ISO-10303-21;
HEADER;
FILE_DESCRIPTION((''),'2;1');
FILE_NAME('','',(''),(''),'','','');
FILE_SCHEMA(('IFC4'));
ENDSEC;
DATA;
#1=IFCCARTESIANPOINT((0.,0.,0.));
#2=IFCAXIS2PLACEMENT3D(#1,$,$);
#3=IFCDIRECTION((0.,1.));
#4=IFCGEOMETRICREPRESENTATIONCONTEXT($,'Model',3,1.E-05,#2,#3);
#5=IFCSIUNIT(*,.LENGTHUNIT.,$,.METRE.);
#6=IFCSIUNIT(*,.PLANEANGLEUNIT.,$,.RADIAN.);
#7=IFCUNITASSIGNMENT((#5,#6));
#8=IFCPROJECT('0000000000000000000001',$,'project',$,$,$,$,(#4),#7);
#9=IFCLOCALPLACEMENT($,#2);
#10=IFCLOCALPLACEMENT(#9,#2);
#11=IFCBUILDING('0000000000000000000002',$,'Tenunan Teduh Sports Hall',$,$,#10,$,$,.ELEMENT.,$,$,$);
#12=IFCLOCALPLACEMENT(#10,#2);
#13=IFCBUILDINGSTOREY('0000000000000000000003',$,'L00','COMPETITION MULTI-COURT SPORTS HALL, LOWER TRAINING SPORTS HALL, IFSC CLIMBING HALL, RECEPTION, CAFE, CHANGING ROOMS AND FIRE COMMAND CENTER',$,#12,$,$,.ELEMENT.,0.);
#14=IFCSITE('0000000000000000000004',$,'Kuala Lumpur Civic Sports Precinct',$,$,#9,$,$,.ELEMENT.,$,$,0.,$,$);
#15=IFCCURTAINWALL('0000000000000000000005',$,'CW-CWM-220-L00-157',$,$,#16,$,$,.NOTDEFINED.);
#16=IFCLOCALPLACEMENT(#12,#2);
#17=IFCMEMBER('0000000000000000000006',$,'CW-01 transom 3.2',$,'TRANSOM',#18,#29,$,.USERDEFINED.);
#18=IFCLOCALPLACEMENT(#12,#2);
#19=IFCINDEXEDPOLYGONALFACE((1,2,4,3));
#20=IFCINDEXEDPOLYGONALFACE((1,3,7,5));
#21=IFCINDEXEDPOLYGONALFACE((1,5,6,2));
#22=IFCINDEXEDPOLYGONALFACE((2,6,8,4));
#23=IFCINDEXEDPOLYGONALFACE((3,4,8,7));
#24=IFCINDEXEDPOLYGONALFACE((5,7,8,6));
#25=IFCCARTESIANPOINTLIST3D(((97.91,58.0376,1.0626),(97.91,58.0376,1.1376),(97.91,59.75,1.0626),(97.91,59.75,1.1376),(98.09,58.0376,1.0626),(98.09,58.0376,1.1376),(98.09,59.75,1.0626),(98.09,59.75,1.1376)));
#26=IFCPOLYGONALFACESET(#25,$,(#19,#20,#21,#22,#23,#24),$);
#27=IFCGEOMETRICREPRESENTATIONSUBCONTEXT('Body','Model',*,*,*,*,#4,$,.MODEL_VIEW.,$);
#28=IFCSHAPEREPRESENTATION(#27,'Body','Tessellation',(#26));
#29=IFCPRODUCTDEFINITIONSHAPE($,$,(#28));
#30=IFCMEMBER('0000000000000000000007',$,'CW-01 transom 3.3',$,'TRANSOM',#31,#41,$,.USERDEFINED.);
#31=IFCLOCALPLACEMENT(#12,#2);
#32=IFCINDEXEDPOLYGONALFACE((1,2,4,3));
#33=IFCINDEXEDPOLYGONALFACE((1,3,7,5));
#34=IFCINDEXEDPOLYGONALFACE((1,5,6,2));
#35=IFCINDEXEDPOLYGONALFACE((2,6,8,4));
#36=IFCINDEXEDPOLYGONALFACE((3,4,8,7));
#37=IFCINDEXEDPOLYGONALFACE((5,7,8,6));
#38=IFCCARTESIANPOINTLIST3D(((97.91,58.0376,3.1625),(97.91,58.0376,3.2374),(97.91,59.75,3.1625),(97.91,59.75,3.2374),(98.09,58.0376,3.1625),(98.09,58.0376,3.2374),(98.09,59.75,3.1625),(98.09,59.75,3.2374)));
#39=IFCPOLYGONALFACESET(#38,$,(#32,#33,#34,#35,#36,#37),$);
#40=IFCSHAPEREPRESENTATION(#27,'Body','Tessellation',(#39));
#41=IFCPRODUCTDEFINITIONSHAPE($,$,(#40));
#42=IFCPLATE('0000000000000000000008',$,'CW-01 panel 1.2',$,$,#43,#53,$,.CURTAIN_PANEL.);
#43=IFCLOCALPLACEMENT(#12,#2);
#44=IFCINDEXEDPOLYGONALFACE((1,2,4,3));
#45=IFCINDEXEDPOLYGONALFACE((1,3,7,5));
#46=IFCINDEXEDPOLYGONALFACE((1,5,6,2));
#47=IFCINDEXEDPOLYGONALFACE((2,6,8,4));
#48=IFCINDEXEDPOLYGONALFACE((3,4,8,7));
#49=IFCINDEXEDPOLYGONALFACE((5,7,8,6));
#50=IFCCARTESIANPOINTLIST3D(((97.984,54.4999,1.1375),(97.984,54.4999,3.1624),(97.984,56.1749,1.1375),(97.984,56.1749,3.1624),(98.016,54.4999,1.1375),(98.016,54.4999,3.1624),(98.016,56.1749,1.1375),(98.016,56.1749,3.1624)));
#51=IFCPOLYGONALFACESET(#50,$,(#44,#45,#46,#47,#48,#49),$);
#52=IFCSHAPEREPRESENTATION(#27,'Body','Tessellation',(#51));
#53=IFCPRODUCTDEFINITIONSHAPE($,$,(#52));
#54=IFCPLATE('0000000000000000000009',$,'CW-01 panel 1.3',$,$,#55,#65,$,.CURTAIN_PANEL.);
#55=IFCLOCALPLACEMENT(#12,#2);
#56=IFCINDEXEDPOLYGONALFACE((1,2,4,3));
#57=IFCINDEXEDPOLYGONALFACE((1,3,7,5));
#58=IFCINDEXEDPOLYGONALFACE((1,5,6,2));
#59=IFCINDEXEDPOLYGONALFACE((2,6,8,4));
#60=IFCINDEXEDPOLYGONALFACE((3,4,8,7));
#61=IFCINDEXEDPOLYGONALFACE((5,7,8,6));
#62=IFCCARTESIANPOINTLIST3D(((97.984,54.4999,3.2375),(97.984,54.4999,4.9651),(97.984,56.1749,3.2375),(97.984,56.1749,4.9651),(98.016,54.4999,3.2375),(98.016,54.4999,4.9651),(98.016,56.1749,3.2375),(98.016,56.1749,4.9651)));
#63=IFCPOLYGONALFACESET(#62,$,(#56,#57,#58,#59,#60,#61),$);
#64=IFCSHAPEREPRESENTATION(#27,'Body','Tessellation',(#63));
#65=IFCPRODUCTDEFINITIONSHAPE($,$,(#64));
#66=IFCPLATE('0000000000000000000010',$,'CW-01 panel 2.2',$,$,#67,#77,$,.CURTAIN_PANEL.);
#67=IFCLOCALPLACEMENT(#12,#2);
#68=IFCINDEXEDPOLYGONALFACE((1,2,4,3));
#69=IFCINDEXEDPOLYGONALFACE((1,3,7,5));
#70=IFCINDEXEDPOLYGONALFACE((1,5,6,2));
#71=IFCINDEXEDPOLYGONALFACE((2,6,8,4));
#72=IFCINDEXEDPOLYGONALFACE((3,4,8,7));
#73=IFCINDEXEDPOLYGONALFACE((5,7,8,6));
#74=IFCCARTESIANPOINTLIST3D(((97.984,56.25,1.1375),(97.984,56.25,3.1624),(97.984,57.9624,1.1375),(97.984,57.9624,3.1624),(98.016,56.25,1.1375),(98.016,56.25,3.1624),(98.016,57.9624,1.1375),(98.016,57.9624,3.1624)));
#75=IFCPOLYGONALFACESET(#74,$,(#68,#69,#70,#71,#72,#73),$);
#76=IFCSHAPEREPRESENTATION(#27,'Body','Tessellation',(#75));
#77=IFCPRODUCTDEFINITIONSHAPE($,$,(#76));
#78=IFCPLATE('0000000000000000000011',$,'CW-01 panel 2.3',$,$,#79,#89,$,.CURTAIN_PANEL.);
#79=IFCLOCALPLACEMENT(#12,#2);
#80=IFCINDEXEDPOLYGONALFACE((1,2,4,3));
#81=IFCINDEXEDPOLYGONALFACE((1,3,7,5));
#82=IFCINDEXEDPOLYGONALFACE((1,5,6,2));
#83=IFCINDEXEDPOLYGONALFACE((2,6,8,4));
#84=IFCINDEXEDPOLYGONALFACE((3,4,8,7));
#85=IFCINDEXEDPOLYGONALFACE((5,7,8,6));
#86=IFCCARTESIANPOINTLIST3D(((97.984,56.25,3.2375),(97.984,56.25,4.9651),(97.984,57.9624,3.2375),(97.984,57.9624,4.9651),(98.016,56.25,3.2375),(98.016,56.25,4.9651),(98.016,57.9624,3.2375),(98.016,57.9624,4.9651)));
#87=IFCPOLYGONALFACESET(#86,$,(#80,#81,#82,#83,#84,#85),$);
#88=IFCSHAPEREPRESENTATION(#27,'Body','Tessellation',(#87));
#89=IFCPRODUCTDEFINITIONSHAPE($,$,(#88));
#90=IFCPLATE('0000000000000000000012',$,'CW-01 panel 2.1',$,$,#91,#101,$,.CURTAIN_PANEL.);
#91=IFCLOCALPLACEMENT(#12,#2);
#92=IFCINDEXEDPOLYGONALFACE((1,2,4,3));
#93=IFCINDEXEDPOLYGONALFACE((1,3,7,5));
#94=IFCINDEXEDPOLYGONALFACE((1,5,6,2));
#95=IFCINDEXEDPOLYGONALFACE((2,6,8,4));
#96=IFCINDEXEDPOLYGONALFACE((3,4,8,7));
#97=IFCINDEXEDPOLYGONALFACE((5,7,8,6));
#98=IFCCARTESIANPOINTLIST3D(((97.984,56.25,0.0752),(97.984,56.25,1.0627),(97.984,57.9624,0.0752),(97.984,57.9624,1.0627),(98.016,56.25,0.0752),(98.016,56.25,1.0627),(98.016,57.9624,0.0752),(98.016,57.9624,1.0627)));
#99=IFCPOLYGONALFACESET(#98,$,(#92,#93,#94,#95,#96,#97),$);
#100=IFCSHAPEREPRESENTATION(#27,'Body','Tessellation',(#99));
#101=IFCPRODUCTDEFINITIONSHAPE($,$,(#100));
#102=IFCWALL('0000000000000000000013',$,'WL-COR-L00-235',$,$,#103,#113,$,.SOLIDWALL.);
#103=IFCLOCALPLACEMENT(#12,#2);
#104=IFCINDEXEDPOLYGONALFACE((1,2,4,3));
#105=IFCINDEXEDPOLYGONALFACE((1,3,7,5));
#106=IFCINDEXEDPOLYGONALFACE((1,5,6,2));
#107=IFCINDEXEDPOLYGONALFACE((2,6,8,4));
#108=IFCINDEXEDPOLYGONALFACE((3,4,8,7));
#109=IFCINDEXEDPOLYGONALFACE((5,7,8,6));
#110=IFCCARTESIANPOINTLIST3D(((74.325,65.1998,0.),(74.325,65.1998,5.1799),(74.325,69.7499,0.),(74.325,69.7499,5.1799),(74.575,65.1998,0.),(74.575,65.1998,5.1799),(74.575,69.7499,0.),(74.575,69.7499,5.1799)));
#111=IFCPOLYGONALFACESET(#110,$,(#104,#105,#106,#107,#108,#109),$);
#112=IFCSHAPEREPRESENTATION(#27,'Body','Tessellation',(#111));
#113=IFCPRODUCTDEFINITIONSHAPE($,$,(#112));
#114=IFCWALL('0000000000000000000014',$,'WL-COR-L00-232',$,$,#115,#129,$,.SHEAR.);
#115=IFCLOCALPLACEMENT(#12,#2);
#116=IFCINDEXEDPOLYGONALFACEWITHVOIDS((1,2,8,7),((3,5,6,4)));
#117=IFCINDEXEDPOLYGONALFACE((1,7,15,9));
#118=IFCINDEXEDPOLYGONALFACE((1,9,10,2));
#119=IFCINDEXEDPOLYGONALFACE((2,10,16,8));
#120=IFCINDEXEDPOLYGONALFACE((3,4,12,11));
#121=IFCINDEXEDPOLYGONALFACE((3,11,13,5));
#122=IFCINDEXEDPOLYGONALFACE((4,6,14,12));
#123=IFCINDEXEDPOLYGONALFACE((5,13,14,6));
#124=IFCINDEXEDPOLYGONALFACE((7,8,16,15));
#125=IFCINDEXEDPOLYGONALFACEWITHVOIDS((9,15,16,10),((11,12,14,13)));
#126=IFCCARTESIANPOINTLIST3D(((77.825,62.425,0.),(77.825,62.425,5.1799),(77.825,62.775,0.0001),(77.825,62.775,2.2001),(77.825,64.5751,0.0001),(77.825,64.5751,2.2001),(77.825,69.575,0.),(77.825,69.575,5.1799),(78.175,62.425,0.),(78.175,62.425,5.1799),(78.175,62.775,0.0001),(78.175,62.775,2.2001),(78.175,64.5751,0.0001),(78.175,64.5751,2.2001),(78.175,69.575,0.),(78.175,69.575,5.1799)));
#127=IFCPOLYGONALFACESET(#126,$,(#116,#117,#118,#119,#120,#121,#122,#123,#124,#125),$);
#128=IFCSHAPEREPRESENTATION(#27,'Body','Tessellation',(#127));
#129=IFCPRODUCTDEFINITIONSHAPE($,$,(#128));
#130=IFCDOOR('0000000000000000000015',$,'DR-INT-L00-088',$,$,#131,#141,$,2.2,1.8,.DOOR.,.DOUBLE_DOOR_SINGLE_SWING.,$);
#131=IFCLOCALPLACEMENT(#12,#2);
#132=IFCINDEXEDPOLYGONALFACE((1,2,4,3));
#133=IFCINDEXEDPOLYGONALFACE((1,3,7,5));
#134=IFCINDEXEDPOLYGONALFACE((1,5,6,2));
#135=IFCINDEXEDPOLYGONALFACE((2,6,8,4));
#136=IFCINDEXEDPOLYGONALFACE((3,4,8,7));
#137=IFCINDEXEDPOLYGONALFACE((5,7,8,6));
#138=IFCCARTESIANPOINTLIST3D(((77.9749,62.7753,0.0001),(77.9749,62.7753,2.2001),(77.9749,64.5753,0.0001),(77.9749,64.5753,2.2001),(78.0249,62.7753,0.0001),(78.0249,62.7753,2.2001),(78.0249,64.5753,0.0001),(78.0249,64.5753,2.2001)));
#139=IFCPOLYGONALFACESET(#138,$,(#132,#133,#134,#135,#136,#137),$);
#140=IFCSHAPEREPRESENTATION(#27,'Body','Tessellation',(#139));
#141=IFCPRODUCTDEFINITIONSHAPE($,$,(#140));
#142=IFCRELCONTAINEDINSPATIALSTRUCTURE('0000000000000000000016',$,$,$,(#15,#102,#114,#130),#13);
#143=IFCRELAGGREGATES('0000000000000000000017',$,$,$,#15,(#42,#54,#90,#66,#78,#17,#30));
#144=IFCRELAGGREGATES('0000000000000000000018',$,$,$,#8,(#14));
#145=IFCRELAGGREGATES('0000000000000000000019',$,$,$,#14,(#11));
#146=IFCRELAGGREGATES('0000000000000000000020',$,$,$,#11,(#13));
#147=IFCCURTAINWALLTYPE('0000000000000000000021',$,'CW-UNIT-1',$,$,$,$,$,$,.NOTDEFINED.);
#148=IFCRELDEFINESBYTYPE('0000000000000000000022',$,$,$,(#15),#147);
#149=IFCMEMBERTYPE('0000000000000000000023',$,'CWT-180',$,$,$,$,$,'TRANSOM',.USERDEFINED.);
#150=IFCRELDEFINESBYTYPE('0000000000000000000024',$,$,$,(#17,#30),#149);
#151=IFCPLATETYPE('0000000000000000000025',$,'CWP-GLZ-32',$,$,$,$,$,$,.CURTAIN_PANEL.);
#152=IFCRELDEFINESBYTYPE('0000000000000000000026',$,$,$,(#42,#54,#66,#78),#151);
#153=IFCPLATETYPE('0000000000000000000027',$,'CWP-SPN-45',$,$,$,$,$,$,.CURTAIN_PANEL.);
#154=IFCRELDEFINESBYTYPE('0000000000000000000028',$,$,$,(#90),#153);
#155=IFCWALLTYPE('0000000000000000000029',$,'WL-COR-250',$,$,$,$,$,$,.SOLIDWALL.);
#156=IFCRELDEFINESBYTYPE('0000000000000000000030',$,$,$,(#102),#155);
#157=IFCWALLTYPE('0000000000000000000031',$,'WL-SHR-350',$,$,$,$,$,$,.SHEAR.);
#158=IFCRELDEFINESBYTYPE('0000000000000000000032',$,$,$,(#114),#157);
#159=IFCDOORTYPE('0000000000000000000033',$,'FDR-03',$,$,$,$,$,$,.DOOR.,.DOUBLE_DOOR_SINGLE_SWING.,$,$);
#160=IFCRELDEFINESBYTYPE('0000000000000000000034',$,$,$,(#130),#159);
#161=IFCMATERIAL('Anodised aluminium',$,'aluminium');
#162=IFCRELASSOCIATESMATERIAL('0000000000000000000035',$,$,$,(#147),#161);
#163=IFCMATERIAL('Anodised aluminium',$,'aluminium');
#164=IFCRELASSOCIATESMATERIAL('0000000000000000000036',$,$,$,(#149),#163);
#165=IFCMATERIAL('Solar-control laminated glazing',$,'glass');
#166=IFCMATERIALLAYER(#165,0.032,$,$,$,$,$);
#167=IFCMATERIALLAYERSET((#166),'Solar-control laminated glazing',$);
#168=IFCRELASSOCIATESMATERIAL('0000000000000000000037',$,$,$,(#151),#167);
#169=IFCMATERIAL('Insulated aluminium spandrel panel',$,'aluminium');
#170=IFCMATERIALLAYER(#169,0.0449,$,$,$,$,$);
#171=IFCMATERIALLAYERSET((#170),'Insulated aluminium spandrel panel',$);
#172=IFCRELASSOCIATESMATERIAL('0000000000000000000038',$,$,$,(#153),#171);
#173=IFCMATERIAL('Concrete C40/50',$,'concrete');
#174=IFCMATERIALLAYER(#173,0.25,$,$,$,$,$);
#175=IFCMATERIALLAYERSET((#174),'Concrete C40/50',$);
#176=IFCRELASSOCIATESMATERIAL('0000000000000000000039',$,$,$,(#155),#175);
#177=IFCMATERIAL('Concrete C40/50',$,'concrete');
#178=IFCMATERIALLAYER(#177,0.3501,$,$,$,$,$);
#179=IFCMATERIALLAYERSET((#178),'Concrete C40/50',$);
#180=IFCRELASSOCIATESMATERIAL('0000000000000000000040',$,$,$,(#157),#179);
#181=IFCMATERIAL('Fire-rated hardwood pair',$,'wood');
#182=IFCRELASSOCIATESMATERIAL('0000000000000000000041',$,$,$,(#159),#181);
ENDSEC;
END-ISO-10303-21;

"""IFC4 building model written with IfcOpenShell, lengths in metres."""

from ifc_helpers import new_model, si_unit, direction, frame, frame_2d, origin, origin_2d, place, context, subcontext, project, spatial, rectangle, extrude, material, layer, layer_set, material_profile, profile_set, type_object, element, fill, aggregate, save


model = new_model("IFC4")

# Units and contexts
model_context = context("Model", 3, precision=1e-05, world=origin(), true_north=direction((0.0, 1.0)))
body_context = subcontext(model_context, "Body", "Model", "MODEL_VIEW")
ifc_project = project(units=[si_unit("LENGTHUNIT", "METRE"), si_unit("PLANEANGLEUNIT", "RADIAN")], contexts=[model_context])

# Site, building, storey
site_placement = place(None, origin())
site = spatial("IfcSite", under=ifc_project, at=site_placement, Name="Kuala Lumpur Civic Sports Precinct", CompositionType="ELEMENT", RefElevation=0.0)
building_placement = place(site_placement, origin())
building = spatial("IfcBuilding", under=site, at=building_placement, Name="Tenunan Teduh Sports Hall", CompositionType="ELEMENT")
storey_placement = place(building_placement, origin())
storey = spatial("IfcBuildingStorey", under=building, at=storey_placement, Name="L00", Description="COMPETITION MULTI-COURT SPORTS HALL, LOWER TRAINING SPORTS HALL, IFSC CLIMBING HALL, RECEPTION, CAFE, CHANGING ROOMS AND FIRE COMMAND CENTER", CompositionType="ELEMENT", Elevation=0.0)

# Curtain wall, members, plates
ifc_material_1 = material(Name="Anodised aluminium", Category="aluminium")
curtain_wall_type = type_object("IfcCurtainWallType", Name="CW-UNIT-1", PredefinedType="NOTDEFINED", material=ifc_material_1)
curtain_wall_placement = place(storey_placement, origin())
curtain_wall = element("IfcCurtainWall", 1, at=curtain_wall_placement, inside=storey, type_object=curtain_wall_type, Name="CW-CWM-220-L00-157", PredefinedType="NOTDEFINED")
ifc_material_2 = material(Name="Anodised aluminium", Category="aluminium")
ifc_material_profile_1 = material_profile(ifc_material_2, rectangle(XDim=0.075, YDim=0.1799, at=origin_2d()), Name="CWT 75x180")
ifc_profile_set_1 = profile_set([ifc_material_profile_1], Name="Anodised aluminium")
member_type_1 = type_object("IfcMemberType", Name="CWT-180", ElementType="TRANSOM", PredefinedType="USERDEFINED", material=ifc_profile_set_1)
member_1_placement = place(storey_placement, frame((98.0, 58.0376, 1.1001), z_axis=(0.0, 1.0, 0.0), x_axis=(0.0, 0.0, 1.0)))
member_1 = element("IfcMember", 2, at=member_1_placement, type_object=member_type_1, Name="CW-01 transom 3.2", ObjectType="TRANSOM", PredefinedType="USERDEFINED", context=body_context, shape_type="SweptSolid", body=[
    extrude(rectangle(XDim=0.075, YDim=0.1799, at=origin_2d()), origin(), (0.0, 0.0, 1.0), 1.7124),
])
member_2_placement = place(storey_placement, frame((98.0, 58.0376, 3.2), z_axis=(0.0, 1.0, 0.0), x_axis=(0.0, 0.0, 1.0)))
member_2 = element("IfcMember", 3, at=member_2_placement, type_object=member_type_1, Name="CW-01 transom 3.3", ObjectType="TRANSOM", PredefinedType="USERDEFINED", context=body_context, shape_type="SweptSolid", body=[
    extrude(rectangle(XDim=0.075, YDim=0.1799, at=origin_2d()), origin(), (0.0, 0.0, 1.0), 1.7124),
])
ifc_material_3 = material(Name="Solar-control laminated glazing", Category="glass")
ifc_layer_1 = layer(ifc_material_3, 0.032)
ifc_layer_set_1 = layer_set([ifc_layer_1], Name="Solar-control laminated glazing")
plate_type_1 = type_object("IfcPlateType", Name="CWP-GLZ-32", PredefinedType="CURTAIN_PANEL", material=ifc_layer_set_1)
plate_1_placement = place(storey_placement, frame((98.0, 55.3374, 1.1375), z_axis=(0.0, 0.0, 1.0), x_axis=(0.0, 1.0, 0.0)))
plate_1 = element("IfcPlate", 4, at=plate_1_placement, type_object=plate_type_1, Name="CW-01 panel 1.2", PredefinedType="CURTAIN_PANEL", context=body_context, shape_type="SweptSolid", body=[
    extrude(rectangle(XDim=1.675, YDim=0.032, at=origin_2d()), origin(), (0.0, 0.0, 1.0), 2.0249),
])
plate_2_placement = place(storey_placement, frame((98.0, 55.3374, 3.2375), z_axis=(0.0, 0.0, 1.0), x_axis=(0.0, 1.0, 0.0)))
plate_2 = element("IfcPlate", 5, at=plate_2_placement, type_object=plate_type_1, Name="CW-01 panel 1.3", PredefinedType="CURTAIN_PANEL", context=body_context, shape_type="SweptSolid", body=[
    extrude(rectangle(XDim=1.675, YDim=0.032, at=origin_2d()), origin(), (0.0, 0.0, 1.0), 1.7275),
])
plate_3_placement = place(storey_placement, frame((98.0, 57.1062, 1.1375), z_axis=(0.0, 0.0, 1.0), x_axis=(0.0, 1.0, 0.0)))
plate_3 = element("IfcPlate", 6, at=plate_3_placement, type_object=plate_type_1, Name="CW-01 panel 2.2", PredefinedType="CURTAIN_PANEL", context=body_context, shape_type="SweptSolid", body=[
    extrude(rectangle(XDim=1.7124, YDim=0.032, at=origin_2d()), origin(), (0.0, 0.0, 1.0), 2.0249),
])
plate_4_placement = place(storey_placement, frame((98.0, 57.1062, 3.2375), z_axis=(0.0, 0.0, 1.0), x_axis=(0.0, 1.0, 0.0)))
plate_4 = element("IfcPlate", 7, at=plate_4_placement, type_object=plate_type_1, Name="CW-01 panel 2.3", PredefinedType="CURTAIN_PANEL", context=body_context, shape_type="SweptSolid", body=[
    extrude(rectangle(XDim=1.7124, YDim=0.032, at=origin_2d()), origin(), (0.0, 0.0, 1.0), 1.7275),
])
ifc_material_4 = material(Name="Insulated aluminium spandrel panel", Category="aluminium")
ifc_layer_2 = layer(ifc_material_4, 0.0449)
ifc_layer_set_2 = layer_set([ifc_layer_2], Name="Insulated aluminium spandrel panel")
plate_type_2 = type_object("IfcPlateType", Name="CWP-SPN-45", PredefinedType="CURTAIN_PANEL", material=ifc_layer_set_2)
plate_5_placement = place(storey_placement, frame((98.0, 57.1062, 0.0752), z_axis=(0.0, 0.0, 1.0), x_axis=(0.0, 1.0, 0.0)))
plate_5 = element("IfcPlate", 8, at=plate_5_placement, type_object=plate_type_2, Name="CW-01 panel 2.1", PredefinedType="CURTAIN_PANEL", context=body_context, shape_type="SweptSolid", body=[
    extrude(rectangle(XDim=1.7124, YDim=0.032, at=origin_2d()), origin(), (0.0, 0.0, 1.0), 0.9875),
])
aggregate(curtain_wall, [plate_1, plate_2, plate_5, plate_3, plate_4, member_1, member_2])

# Wall
ifc_material_5 = material(Name="Concrete C40/50", Category="concrete")
ifc_layer_3 = layer(ifc_material_5, 0.25)
ifc_layer_set_3 = layer_set([ifc_layer_3], Name="Concrete C40/50")
wall_type_1 = type_object("IfcWallType", Name="WL-COR-250", PredefinedType="SOLIDWALL", material=ifc_layer_set_3)
wall_1_placement = place(storey_placement, frame((74.45, 65.2, 0.0), z_axis=(0.0, 0.0, 1.0), x_axis=(0.0, 1.0, 0.0)))
element("IfcWall", 9, at=wall_1_placement, inside=storey, type_object=wall_type_1, Name="WL-COR-L00-235", PredefinedType="SOLIDWALL", context=body_context, shape_type="SweptSolid", body=[
    extrude(rectangle(XDim=4.55, YDim=0.25, at=frame_2d((2.2749, 0.0))), origin(), (0.0, 0.0, 1.0), 5.1799),
])

# Wall, opening, door
ifc_material_6 = material(Name="Concrete C40/50", Category="concrete")
ifc_layer_4 = layer(ifc_material_6, 0.3501)
ifc_layer_set_4 = layer_set([ifc_layer_4], Name="Concrete C40/50")
wall_type_2 = type_object("IfcWallType", Name="WL-SHR-350", PredefinedType="SHEAR", material=ifc_layer_set_4)
wall_2_placement = place(storey_placement, frame((78.0, 62.425, 0.0), z_axis=(0.0, 0.0, 1.0), x_axis=(0.0, 1.0, 0.0)))
wall_2 = element("IfcWall", 10, at=wall_2_placement, inside=storey, type_object=wall_type_2, Name="WL-COR-L00-232", PredefinedType="SHEAR", context=body_context, shape_type="SweptSolid", body=[
    extrude(rectangle(XDim=7.1499, YDim=0.3501, at=frame_2d((3.575, 0.0))), origin(), (0.0, 0.0, 1.0), 5.1799),
])
opening_placement = place(wall_2_placement, frame((0.3501, 0.0, 0.0)))
opening = element("IfcOpeningElement", 11, at=opening_placement, cuts=wall_2, PredefinedType="OPENING", context=body_context, shape_type="SweptSolid", body=[
    extrude(rectangle(XDim=1.8, YDim=2.2, at=frame_2d((0.8999, 1.1001))), frame((0.0, 0.1851, 0.0), z_axis=(0.0, -1.0, 0.0), x_axis=(1.0, 0.0, 0.0)), (0.0, 0.0, 1.0), 0.3701),
])
ifc_material_7 = material(Name="Fire-rated hardwood pair", Category="wood")
door_type = type_object("IfcDoorType", Name="FDR-03", OperationType="DOUBLE_DOOR_SINGLE_SWING", PredefinedType="DOOR", material=ifc_material_7)
door_placement = place(opening_placement, frame((1.8, 0.0, 0.0), z_axis=(0.0, 0.0, 1.0), x_axis=(-1.0, 0.0, 0.0)))
door = element("IfcDoor", 12, at=door_placement, inside=storey, type_object=door_type, Name="DR-INT-L00-088", OperationType="DOUBLE_DOOR_SINGLE_SWING", OverallHeight=2.2, OverallWidth=1.8, PredefinedType="DOOR", context=body_context, shape_type="SweptSolid", body=[
    extrude(rectangle(XDim=1.8, YDim=2.2, at=frame_2d((0.8999, 1.1001))), frame((0.0, 0.0249, 0.0), z_axis=(0.0, -1.0, 0.0), x_axis=(1.0, 0.0, 0.0)), (0.0, 0.0, 1.0), 0.05),
])
fill(opening, door)

save(model, "model.ifc")
